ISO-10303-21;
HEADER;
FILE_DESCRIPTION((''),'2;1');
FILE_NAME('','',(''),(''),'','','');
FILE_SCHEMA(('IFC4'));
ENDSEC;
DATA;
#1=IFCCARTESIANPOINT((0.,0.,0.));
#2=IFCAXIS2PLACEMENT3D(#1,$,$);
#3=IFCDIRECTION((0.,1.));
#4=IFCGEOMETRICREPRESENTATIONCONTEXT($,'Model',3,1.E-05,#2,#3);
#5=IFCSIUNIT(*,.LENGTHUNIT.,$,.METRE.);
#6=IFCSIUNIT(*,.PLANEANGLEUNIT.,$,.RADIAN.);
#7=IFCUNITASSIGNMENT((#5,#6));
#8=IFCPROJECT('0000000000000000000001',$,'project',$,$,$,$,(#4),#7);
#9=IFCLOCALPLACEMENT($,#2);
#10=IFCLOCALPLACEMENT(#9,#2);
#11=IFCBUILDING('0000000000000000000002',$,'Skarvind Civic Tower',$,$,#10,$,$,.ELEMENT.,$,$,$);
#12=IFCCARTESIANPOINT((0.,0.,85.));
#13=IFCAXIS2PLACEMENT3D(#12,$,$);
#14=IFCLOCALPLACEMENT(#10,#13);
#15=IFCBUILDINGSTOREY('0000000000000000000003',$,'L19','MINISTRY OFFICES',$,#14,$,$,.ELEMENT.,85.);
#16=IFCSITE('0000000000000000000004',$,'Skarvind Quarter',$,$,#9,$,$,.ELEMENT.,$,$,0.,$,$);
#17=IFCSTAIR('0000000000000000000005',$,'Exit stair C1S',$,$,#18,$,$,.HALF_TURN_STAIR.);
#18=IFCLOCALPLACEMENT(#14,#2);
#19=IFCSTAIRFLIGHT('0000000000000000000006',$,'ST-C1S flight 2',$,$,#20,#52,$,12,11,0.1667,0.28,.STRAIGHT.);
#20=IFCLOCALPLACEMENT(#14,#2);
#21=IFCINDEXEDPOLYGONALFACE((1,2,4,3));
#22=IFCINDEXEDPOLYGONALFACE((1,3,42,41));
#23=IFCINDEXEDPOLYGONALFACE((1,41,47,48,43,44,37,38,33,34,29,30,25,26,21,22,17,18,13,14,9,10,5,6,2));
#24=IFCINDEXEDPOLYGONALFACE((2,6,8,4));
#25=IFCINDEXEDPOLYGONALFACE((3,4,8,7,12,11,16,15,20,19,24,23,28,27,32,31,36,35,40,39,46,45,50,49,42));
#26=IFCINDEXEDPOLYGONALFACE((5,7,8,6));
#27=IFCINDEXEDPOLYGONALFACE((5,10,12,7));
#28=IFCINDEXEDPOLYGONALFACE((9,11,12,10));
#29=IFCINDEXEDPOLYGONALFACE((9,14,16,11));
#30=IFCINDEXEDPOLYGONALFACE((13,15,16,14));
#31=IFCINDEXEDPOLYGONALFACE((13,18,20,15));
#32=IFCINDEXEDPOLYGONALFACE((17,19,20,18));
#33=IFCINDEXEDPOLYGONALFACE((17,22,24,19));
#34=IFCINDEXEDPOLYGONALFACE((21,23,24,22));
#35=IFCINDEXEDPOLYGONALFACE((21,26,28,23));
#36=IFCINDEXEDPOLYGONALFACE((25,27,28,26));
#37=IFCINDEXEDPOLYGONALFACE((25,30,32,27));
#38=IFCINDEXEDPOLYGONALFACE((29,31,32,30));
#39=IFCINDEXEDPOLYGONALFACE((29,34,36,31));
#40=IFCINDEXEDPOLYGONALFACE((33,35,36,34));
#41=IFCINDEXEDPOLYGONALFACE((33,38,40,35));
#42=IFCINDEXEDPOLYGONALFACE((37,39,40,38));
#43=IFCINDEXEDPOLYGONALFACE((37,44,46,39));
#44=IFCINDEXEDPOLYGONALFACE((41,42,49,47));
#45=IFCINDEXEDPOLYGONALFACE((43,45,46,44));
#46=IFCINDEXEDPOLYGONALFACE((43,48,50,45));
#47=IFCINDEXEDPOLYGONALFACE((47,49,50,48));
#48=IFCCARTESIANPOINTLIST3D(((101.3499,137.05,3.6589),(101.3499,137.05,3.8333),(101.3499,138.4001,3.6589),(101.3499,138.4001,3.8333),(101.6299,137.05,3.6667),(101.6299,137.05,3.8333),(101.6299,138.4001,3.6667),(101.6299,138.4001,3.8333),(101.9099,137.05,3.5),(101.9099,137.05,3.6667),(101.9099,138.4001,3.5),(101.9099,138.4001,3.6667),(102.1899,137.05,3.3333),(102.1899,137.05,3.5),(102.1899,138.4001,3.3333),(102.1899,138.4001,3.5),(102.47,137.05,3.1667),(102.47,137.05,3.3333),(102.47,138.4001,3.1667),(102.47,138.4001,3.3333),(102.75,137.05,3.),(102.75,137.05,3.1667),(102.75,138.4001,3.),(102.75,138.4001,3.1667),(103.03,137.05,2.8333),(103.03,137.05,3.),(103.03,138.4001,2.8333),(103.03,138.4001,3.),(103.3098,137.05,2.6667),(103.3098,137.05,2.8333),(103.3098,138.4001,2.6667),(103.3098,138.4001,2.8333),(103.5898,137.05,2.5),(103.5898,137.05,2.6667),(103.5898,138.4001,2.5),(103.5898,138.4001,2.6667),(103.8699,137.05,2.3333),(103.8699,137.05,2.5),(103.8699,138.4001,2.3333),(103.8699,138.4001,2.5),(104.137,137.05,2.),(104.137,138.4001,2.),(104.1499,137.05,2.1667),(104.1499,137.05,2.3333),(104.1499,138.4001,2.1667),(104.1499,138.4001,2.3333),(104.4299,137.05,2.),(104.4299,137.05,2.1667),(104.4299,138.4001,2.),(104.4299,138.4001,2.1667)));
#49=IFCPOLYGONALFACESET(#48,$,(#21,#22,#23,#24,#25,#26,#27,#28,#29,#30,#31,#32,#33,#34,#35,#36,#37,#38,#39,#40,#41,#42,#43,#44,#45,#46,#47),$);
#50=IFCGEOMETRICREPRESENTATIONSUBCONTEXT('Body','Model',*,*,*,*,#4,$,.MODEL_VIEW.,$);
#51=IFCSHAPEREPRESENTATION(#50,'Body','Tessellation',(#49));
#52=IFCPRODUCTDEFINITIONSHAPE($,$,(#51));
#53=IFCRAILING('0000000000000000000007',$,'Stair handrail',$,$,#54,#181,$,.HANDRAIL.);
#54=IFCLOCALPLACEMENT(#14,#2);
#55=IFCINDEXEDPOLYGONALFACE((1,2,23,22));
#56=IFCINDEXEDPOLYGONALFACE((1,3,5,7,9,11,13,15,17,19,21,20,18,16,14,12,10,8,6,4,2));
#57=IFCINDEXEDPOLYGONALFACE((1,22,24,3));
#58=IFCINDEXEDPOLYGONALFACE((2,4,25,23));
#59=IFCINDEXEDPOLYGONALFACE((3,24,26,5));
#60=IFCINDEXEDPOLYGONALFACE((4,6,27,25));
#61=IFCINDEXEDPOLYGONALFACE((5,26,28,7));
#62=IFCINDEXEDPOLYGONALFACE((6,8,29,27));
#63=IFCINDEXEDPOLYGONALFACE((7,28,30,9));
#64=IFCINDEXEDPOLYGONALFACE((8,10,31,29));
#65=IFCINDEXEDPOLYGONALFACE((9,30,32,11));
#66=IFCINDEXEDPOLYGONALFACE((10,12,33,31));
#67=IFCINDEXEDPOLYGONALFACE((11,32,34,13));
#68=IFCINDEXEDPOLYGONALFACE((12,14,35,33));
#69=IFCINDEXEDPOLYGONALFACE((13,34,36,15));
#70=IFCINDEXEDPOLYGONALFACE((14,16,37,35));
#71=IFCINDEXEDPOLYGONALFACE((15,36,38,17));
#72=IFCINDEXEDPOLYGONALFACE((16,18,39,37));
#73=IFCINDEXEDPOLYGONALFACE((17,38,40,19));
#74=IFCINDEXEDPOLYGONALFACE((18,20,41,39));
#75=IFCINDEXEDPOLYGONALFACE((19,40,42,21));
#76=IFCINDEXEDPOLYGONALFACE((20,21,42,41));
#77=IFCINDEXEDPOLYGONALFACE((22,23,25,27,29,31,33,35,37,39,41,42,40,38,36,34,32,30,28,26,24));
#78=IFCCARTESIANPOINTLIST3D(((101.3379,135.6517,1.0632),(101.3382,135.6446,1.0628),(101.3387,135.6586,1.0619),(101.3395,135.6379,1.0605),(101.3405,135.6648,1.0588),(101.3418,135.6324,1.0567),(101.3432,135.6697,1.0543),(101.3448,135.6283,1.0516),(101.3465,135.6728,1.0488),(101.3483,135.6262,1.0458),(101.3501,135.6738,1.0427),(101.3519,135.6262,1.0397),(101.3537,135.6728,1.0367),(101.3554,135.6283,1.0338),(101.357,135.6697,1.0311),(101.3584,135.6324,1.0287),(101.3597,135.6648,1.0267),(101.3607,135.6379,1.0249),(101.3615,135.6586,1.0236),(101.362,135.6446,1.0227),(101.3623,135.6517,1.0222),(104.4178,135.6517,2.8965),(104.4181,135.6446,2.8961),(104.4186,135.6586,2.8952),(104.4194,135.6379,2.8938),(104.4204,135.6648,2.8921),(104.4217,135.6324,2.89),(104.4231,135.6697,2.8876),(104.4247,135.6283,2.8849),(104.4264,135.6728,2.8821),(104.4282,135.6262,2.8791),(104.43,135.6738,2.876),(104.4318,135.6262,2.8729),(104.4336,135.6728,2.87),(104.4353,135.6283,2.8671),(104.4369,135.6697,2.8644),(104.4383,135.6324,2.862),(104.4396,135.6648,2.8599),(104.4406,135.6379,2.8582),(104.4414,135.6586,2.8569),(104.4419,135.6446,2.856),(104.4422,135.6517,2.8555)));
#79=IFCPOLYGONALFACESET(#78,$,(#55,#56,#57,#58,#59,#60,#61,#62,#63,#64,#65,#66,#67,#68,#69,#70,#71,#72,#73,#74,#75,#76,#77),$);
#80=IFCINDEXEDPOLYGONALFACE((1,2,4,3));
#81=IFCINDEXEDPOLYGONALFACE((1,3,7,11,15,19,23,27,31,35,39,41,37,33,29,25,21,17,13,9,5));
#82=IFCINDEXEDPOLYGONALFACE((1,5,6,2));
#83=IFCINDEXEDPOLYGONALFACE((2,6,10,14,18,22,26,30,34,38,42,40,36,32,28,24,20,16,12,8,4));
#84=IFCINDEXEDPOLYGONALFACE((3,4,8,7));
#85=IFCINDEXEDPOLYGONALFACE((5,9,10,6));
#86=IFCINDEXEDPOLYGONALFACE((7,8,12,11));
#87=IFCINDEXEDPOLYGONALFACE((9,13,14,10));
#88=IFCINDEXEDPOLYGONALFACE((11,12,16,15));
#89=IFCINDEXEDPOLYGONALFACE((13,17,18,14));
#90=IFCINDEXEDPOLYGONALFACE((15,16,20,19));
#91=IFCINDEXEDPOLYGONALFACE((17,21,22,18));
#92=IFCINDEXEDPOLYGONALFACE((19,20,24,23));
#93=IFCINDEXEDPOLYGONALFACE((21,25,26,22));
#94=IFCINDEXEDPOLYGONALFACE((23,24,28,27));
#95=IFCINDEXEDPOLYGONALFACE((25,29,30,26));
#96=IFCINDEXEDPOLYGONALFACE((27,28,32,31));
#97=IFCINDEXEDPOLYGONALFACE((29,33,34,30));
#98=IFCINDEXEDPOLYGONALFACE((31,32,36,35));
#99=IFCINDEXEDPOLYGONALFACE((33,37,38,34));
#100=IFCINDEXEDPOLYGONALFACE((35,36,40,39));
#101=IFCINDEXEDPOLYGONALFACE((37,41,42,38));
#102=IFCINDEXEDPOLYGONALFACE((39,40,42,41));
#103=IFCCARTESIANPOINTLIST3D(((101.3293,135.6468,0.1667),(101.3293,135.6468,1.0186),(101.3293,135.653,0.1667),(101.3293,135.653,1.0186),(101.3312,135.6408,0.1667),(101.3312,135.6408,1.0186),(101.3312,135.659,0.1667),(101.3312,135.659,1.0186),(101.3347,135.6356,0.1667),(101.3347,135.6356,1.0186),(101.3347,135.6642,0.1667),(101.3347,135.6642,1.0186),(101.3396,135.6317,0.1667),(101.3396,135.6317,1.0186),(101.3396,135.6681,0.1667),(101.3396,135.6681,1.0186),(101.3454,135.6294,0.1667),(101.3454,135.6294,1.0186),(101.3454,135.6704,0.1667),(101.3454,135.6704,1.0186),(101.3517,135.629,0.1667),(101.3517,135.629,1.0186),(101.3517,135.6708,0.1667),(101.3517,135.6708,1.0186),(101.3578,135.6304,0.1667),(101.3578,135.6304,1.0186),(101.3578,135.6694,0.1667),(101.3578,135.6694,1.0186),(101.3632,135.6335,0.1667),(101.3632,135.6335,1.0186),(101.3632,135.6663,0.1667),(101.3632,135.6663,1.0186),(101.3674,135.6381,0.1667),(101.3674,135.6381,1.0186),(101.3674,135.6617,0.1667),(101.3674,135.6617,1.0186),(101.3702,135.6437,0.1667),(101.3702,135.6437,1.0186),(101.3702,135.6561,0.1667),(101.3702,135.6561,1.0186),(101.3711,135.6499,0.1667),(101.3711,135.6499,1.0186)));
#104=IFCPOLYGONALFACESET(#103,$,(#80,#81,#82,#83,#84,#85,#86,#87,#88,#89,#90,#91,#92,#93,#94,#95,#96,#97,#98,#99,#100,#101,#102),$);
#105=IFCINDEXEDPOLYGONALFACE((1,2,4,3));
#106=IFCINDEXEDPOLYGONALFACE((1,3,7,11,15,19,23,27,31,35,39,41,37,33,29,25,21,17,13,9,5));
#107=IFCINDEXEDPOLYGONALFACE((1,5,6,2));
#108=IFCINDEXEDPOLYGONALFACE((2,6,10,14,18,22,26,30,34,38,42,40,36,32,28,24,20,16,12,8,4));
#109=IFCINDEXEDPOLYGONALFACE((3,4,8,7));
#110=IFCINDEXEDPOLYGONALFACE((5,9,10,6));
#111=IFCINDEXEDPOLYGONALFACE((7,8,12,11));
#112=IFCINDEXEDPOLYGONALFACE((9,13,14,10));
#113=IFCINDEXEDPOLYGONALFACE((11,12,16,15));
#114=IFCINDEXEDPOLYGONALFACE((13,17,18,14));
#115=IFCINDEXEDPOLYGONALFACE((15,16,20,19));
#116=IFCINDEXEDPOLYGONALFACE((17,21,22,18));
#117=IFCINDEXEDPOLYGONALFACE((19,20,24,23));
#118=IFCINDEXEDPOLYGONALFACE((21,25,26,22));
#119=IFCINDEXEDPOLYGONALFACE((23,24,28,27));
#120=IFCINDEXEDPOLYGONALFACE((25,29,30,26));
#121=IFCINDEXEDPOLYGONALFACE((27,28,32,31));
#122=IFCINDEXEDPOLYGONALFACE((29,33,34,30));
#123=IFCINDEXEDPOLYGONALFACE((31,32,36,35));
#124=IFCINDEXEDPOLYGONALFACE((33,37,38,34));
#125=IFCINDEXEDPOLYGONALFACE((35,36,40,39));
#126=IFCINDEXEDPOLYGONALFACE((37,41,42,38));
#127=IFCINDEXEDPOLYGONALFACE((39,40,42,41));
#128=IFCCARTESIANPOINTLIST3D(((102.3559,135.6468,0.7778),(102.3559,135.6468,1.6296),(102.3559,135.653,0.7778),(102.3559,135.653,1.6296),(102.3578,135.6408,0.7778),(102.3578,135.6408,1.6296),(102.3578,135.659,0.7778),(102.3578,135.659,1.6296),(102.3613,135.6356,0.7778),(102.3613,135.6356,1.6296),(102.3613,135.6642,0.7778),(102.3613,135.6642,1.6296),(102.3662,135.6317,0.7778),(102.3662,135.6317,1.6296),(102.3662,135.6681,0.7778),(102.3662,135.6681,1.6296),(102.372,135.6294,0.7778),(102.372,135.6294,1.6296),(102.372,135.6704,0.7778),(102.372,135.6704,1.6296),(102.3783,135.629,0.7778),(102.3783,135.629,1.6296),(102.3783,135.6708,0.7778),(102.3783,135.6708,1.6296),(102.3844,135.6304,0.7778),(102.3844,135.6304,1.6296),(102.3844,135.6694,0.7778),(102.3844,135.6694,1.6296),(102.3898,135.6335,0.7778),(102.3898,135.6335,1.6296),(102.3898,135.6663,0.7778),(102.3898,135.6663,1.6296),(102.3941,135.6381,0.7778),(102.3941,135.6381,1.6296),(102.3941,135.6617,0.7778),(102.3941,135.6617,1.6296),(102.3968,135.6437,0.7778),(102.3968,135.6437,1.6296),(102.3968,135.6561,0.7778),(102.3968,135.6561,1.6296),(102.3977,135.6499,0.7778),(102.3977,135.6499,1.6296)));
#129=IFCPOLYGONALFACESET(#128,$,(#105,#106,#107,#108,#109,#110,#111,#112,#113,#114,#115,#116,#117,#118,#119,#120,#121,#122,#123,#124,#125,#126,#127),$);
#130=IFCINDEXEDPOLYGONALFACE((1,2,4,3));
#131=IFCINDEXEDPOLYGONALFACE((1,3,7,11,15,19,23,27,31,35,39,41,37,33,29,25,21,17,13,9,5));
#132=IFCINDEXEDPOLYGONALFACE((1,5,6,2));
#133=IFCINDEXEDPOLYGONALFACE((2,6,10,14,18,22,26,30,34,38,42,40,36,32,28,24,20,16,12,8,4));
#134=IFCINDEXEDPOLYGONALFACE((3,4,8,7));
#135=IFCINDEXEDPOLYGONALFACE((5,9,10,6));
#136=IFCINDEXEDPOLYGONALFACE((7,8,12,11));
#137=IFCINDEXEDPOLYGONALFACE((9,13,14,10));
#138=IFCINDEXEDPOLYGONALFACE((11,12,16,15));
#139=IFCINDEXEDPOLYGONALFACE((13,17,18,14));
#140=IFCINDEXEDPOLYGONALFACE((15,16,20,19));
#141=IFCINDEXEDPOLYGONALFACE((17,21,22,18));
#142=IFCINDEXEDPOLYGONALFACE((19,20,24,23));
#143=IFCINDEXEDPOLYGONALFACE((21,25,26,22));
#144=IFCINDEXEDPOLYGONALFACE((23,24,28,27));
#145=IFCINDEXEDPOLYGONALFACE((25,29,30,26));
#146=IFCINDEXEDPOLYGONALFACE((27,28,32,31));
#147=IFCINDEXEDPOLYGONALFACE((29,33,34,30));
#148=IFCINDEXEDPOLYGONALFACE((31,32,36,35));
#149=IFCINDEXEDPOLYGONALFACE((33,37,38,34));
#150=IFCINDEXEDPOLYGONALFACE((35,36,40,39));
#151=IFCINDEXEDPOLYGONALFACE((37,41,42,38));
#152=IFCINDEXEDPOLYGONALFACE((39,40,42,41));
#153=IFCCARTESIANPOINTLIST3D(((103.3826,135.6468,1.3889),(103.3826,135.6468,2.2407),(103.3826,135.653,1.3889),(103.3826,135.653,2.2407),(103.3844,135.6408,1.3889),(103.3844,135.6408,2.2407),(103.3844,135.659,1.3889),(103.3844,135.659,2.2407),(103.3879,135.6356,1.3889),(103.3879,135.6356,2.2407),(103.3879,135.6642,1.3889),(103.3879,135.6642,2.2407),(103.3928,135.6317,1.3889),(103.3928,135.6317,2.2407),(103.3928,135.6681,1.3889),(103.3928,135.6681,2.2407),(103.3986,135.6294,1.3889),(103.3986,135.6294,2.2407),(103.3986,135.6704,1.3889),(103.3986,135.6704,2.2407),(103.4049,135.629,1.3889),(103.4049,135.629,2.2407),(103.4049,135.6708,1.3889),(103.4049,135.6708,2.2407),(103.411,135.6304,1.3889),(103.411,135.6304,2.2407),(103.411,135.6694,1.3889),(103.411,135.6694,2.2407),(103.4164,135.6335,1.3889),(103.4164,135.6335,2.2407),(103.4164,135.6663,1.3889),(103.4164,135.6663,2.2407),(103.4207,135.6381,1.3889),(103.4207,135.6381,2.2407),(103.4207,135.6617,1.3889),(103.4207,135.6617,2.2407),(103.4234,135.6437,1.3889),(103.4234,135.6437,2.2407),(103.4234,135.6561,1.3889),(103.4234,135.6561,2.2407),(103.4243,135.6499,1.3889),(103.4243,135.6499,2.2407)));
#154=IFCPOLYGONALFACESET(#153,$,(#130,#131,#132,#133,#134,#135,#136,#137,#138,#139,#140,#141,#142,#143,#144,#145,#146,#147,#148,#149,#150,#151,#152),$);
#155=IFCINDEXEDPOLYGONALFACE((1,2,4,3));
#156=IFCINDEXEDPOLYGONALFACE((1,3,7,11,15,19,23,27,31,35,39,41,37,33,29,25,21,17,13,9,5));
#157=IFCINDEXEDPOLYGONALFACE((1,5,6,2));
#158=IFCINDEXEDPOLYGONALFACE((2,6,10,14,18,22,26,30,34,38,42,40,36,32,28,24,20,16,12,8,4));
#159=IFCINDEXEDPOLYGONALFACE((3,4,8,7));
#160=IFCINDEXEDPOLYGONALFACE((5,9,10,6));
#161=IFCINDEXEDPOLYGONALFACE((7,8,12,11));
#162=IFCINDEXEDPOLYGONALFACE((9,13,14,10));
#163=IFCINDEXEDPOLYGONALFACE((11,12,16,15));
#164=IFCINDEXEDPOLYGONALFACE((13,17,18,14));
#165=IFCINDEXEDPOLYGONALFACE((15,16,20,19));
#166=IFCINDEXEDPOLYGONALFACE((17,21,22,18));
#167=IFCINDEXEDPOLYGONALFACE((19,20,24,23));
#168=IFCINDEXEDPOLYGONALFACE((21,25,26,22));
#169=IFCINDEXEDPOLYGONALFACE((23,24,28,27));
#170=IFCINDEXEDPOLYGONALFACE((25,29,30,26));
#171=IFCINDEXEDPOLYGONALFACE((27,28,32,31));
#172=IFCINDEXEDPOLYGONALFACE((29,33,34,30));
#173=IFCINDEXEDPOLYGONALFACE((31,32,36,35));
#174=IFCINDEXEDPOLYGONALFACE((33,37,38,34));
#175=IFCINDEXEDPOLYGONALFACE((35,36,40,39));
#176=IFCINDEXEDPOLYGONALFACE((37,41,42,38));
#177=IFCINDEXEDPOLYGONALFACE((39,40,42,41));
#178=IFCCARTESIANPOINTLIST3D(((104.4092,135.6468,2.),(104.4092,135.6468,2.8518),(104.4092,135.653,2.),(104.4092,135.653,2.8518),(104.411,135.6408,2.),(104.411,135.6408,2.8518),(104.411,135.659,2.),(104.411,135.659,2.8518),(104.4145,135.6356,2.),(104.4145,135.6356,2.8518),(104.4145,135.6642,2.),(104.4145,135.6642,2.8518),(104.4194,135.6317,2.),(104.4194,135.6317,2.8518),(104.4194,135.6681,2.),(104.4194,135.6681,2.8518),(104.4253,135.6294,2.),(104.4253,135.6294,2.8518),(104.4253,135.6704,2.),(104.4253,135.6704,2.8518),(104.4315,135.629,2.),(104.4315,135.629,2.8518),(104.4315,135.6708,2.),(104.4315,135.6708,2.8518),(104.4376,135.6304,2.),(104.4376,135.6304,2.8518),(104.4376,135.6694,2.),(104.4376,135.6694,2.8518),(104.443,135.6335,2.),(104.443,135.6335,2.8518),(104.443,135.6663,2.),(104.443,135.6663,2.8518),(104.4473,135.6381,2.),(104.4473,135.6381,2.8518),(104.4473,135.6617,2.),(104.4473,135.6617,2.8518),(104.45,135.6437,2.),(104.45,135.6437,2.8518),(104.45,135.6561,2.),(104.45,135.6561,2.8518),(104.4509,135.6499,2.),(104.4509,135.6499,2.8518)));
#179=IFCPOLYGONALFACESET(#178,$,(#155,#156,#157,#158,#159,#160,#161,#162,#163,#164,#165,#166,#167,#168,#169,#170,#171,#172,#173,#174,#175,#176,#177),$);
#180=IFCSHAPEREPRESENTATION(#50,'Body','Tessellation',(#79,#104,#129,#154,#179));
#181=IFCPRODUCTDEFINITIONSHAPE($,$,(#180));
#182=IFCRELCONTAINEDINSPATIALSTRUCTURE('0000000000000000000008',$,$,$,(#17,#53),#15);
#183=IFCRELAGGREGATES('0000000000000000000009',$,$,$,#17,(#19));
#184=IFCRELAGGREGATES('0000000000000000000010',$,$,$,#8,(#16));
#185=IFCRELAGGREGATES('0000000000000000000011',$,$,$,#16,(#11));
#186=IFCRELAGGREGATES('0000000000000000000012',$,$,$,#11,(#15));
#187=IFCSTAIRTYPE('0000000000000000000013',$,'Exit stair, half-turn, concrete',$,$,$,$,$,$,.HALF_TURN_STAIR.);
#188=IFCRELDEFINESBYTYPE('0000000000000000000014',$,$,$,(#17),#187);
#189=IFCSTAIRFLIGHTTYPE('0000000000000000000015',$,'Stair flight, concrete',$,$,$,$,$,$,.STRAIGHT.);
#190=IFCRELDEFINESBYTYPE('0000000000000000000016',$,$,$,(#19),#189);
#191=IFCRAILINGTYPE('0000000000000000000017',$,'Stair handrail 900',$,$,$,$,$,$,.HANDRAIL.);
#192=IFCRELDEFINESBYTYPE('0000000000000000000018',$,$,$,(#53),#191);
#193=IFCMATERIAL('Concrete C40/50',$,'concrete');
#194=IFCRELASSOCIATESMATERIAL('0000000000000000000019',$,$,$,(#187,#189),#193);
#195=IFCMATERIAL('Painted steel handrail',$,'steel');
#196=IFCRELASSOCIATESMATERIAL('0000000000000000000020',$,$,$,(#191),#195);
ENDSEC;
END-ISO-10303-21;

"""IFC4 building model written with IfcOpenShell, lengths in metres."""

from ifc_helpers import new_model, si_unit, direction, frame, origin, origin_2d, place, context, subcontext, project, spatial, polyline, circle, outline, extrude, material, type_object, element, aggregate, save


model = new_model("IFC4")

# Units and contexts
model_context = context("Model", 3, precision=1e-05, world=origin(), true_north=direction((0.0, 1.0)))
body_context = subcontext(model_context, "Body", "Model", "MODEL_VIEW")
ifc_project = project(units=[si_unit("LENGTHUNIT", "METRE"), si_unit("PLANEANGLEUNIT", "RADIAN")], contexts=[model_context])

# Site, building, storey
site_placement = place(None, origin())
site = spatial("IfcSite", under=ifc_project, at=site_placement, Name="Skarvind Quarter", CompositionType="ELEMENT", RefElevation=0.0)
building_placement = place(site_placement, origin())
building = spatial("IfcBuilding", under=site, at=building_placement, Name="Skarvind Civic Tower", CompositionType="ELEMENT")
storey_placement = place(building_placement, frame((0.0, 0.0, 85.0)))
storey = spatial("IfcBuildingStorey", under=building, at=storey_placement, Name="L19", Description="MINISTRY OFFICES", CompositionType="ELEMENT", Elevation=85.0)

# Stair, stair flight
ifc_material_1 = material(Name="Concrete C40/50", Category="concrete")
stair_type = type_object("IfcStairType", Name="Exit stair, half-turn, concrete", PredefinedType="HALF_TURN_STAIR", material=ifc_material_1)
stair_placement = place(storey_placement, origin())
stair = element("IfcStair", 1, at=stair_placement, inside=storey, type_object=stair_type, Name="Exit stair C1S", PredefinedType="HALF_TURN_STAIR")
stair_flight_type = type_object("IfcStairFlightType", Name="Stair flight, concrete", PredefinedType="STRAIGHT", material=ifc_material_1)
stair_flight_1_placement = place(storey_placement, frame((104.4299, 137.7251, 2.0), z_axis=(0.0, 0.0, 1.0), x_axis=(-1.0, 0.0, 0.0)))
stair_flight_1 = element("IfcStairFlight", 2, at=stair_flight_1_placement, type_object=stair_flight_type, Name="ST-C1S flight 2", NumberOfRisers=12, NumberOfTreads=11, PredefinedType="STRAIGHT", RiserHeight=0.1667, TreadLength=0.28, context=body_context, shape_type="SweptSolid", body=[
    extrude(outline(polyline([(0.0, 0.0), (0.0, 0.1667), (0.28, 0.1667), (0.28, 0.3333), (0.5601, 0.3333), (0.5601, 0.5), (0.8401, 0.5), (0.8401, 0.6667), (1.1201, 0.6667), (1.1201, 0.8333), (1.3999, 0.8333), (1.3999, 1.0), (1.6799, 1.0), (1.6799, 1.1667), (1.96, 1.1667), (1.96, 1.3333), (2.24, 1.3333), (2.24, 1.5), (2.52, 1.5), (2.52, 1.6667), (2.8, 1.6667), (2.8, 1.8333), (3.0801, 1.8333), (3.0801, 2.0), (3.0801, 1.6589), (0.293, 0.0), (0.0, 0.0)])), frame((0.0, 0.675, 0.0), z_axis=(0.0, -1.0, 0.0), x_axis=(1.0, 0.0, 0.0)), (0.0, 0.0, 1.0), 1.3501),
])
aggregate(stair, [stair_flight_1])

# Railing
ifc_material_2 = material(Name="Painted steel handrail", Category="steel")
railing_type = type_object("IfcRailingType", Name="Stair handrail 900", PredefinedType="HANDRAIL", material=ifc_material_2)
railing_1_placement = place(storey_placement, frame((101.3501, 135.6499, 0.1667)))
element("IfcRailing", 3, at=railing_1_placement, inside=storey, type_object=railing_type, Name="Stair handrail", PredefinedType="HANDRAIL", context=body_context, shape_type="SweptSolid", body=[
    extrude(circle(Radius=0.0239, at=origin_2d()), frame((0.0, 0.0, 0.876), z_axis=(0.859291, 0.0, 0.511487), x_axis=(0.0, 1.0, 0.0)), (0.0, 0.0, 1.0), 3.5842),
    extrude(circle(Radius=0.021, at=origin_2d()), origin(), (0.0, 0.0, 1.0), 0.8518),
    extrude(circle(Radius=0.021, at=origin_2d()), frame((1.0266, 0.0, 0.6111)), (0.0, 0.0, 1.0), 0.8518),
    extrude(circle(Radius=0.021, at=origin_2d()), frame((2.0532, 0.0, 1.2222)), (0.0, 0.0, 1.0), 0.8518),
    extrude(circle(Radius=0.021, at=origin_2d()), frame((3.0798, 0.0, 1.8333)), (0.0, 0.0, 1.0), 0.8518),
])

save(model, "model.ifc")
